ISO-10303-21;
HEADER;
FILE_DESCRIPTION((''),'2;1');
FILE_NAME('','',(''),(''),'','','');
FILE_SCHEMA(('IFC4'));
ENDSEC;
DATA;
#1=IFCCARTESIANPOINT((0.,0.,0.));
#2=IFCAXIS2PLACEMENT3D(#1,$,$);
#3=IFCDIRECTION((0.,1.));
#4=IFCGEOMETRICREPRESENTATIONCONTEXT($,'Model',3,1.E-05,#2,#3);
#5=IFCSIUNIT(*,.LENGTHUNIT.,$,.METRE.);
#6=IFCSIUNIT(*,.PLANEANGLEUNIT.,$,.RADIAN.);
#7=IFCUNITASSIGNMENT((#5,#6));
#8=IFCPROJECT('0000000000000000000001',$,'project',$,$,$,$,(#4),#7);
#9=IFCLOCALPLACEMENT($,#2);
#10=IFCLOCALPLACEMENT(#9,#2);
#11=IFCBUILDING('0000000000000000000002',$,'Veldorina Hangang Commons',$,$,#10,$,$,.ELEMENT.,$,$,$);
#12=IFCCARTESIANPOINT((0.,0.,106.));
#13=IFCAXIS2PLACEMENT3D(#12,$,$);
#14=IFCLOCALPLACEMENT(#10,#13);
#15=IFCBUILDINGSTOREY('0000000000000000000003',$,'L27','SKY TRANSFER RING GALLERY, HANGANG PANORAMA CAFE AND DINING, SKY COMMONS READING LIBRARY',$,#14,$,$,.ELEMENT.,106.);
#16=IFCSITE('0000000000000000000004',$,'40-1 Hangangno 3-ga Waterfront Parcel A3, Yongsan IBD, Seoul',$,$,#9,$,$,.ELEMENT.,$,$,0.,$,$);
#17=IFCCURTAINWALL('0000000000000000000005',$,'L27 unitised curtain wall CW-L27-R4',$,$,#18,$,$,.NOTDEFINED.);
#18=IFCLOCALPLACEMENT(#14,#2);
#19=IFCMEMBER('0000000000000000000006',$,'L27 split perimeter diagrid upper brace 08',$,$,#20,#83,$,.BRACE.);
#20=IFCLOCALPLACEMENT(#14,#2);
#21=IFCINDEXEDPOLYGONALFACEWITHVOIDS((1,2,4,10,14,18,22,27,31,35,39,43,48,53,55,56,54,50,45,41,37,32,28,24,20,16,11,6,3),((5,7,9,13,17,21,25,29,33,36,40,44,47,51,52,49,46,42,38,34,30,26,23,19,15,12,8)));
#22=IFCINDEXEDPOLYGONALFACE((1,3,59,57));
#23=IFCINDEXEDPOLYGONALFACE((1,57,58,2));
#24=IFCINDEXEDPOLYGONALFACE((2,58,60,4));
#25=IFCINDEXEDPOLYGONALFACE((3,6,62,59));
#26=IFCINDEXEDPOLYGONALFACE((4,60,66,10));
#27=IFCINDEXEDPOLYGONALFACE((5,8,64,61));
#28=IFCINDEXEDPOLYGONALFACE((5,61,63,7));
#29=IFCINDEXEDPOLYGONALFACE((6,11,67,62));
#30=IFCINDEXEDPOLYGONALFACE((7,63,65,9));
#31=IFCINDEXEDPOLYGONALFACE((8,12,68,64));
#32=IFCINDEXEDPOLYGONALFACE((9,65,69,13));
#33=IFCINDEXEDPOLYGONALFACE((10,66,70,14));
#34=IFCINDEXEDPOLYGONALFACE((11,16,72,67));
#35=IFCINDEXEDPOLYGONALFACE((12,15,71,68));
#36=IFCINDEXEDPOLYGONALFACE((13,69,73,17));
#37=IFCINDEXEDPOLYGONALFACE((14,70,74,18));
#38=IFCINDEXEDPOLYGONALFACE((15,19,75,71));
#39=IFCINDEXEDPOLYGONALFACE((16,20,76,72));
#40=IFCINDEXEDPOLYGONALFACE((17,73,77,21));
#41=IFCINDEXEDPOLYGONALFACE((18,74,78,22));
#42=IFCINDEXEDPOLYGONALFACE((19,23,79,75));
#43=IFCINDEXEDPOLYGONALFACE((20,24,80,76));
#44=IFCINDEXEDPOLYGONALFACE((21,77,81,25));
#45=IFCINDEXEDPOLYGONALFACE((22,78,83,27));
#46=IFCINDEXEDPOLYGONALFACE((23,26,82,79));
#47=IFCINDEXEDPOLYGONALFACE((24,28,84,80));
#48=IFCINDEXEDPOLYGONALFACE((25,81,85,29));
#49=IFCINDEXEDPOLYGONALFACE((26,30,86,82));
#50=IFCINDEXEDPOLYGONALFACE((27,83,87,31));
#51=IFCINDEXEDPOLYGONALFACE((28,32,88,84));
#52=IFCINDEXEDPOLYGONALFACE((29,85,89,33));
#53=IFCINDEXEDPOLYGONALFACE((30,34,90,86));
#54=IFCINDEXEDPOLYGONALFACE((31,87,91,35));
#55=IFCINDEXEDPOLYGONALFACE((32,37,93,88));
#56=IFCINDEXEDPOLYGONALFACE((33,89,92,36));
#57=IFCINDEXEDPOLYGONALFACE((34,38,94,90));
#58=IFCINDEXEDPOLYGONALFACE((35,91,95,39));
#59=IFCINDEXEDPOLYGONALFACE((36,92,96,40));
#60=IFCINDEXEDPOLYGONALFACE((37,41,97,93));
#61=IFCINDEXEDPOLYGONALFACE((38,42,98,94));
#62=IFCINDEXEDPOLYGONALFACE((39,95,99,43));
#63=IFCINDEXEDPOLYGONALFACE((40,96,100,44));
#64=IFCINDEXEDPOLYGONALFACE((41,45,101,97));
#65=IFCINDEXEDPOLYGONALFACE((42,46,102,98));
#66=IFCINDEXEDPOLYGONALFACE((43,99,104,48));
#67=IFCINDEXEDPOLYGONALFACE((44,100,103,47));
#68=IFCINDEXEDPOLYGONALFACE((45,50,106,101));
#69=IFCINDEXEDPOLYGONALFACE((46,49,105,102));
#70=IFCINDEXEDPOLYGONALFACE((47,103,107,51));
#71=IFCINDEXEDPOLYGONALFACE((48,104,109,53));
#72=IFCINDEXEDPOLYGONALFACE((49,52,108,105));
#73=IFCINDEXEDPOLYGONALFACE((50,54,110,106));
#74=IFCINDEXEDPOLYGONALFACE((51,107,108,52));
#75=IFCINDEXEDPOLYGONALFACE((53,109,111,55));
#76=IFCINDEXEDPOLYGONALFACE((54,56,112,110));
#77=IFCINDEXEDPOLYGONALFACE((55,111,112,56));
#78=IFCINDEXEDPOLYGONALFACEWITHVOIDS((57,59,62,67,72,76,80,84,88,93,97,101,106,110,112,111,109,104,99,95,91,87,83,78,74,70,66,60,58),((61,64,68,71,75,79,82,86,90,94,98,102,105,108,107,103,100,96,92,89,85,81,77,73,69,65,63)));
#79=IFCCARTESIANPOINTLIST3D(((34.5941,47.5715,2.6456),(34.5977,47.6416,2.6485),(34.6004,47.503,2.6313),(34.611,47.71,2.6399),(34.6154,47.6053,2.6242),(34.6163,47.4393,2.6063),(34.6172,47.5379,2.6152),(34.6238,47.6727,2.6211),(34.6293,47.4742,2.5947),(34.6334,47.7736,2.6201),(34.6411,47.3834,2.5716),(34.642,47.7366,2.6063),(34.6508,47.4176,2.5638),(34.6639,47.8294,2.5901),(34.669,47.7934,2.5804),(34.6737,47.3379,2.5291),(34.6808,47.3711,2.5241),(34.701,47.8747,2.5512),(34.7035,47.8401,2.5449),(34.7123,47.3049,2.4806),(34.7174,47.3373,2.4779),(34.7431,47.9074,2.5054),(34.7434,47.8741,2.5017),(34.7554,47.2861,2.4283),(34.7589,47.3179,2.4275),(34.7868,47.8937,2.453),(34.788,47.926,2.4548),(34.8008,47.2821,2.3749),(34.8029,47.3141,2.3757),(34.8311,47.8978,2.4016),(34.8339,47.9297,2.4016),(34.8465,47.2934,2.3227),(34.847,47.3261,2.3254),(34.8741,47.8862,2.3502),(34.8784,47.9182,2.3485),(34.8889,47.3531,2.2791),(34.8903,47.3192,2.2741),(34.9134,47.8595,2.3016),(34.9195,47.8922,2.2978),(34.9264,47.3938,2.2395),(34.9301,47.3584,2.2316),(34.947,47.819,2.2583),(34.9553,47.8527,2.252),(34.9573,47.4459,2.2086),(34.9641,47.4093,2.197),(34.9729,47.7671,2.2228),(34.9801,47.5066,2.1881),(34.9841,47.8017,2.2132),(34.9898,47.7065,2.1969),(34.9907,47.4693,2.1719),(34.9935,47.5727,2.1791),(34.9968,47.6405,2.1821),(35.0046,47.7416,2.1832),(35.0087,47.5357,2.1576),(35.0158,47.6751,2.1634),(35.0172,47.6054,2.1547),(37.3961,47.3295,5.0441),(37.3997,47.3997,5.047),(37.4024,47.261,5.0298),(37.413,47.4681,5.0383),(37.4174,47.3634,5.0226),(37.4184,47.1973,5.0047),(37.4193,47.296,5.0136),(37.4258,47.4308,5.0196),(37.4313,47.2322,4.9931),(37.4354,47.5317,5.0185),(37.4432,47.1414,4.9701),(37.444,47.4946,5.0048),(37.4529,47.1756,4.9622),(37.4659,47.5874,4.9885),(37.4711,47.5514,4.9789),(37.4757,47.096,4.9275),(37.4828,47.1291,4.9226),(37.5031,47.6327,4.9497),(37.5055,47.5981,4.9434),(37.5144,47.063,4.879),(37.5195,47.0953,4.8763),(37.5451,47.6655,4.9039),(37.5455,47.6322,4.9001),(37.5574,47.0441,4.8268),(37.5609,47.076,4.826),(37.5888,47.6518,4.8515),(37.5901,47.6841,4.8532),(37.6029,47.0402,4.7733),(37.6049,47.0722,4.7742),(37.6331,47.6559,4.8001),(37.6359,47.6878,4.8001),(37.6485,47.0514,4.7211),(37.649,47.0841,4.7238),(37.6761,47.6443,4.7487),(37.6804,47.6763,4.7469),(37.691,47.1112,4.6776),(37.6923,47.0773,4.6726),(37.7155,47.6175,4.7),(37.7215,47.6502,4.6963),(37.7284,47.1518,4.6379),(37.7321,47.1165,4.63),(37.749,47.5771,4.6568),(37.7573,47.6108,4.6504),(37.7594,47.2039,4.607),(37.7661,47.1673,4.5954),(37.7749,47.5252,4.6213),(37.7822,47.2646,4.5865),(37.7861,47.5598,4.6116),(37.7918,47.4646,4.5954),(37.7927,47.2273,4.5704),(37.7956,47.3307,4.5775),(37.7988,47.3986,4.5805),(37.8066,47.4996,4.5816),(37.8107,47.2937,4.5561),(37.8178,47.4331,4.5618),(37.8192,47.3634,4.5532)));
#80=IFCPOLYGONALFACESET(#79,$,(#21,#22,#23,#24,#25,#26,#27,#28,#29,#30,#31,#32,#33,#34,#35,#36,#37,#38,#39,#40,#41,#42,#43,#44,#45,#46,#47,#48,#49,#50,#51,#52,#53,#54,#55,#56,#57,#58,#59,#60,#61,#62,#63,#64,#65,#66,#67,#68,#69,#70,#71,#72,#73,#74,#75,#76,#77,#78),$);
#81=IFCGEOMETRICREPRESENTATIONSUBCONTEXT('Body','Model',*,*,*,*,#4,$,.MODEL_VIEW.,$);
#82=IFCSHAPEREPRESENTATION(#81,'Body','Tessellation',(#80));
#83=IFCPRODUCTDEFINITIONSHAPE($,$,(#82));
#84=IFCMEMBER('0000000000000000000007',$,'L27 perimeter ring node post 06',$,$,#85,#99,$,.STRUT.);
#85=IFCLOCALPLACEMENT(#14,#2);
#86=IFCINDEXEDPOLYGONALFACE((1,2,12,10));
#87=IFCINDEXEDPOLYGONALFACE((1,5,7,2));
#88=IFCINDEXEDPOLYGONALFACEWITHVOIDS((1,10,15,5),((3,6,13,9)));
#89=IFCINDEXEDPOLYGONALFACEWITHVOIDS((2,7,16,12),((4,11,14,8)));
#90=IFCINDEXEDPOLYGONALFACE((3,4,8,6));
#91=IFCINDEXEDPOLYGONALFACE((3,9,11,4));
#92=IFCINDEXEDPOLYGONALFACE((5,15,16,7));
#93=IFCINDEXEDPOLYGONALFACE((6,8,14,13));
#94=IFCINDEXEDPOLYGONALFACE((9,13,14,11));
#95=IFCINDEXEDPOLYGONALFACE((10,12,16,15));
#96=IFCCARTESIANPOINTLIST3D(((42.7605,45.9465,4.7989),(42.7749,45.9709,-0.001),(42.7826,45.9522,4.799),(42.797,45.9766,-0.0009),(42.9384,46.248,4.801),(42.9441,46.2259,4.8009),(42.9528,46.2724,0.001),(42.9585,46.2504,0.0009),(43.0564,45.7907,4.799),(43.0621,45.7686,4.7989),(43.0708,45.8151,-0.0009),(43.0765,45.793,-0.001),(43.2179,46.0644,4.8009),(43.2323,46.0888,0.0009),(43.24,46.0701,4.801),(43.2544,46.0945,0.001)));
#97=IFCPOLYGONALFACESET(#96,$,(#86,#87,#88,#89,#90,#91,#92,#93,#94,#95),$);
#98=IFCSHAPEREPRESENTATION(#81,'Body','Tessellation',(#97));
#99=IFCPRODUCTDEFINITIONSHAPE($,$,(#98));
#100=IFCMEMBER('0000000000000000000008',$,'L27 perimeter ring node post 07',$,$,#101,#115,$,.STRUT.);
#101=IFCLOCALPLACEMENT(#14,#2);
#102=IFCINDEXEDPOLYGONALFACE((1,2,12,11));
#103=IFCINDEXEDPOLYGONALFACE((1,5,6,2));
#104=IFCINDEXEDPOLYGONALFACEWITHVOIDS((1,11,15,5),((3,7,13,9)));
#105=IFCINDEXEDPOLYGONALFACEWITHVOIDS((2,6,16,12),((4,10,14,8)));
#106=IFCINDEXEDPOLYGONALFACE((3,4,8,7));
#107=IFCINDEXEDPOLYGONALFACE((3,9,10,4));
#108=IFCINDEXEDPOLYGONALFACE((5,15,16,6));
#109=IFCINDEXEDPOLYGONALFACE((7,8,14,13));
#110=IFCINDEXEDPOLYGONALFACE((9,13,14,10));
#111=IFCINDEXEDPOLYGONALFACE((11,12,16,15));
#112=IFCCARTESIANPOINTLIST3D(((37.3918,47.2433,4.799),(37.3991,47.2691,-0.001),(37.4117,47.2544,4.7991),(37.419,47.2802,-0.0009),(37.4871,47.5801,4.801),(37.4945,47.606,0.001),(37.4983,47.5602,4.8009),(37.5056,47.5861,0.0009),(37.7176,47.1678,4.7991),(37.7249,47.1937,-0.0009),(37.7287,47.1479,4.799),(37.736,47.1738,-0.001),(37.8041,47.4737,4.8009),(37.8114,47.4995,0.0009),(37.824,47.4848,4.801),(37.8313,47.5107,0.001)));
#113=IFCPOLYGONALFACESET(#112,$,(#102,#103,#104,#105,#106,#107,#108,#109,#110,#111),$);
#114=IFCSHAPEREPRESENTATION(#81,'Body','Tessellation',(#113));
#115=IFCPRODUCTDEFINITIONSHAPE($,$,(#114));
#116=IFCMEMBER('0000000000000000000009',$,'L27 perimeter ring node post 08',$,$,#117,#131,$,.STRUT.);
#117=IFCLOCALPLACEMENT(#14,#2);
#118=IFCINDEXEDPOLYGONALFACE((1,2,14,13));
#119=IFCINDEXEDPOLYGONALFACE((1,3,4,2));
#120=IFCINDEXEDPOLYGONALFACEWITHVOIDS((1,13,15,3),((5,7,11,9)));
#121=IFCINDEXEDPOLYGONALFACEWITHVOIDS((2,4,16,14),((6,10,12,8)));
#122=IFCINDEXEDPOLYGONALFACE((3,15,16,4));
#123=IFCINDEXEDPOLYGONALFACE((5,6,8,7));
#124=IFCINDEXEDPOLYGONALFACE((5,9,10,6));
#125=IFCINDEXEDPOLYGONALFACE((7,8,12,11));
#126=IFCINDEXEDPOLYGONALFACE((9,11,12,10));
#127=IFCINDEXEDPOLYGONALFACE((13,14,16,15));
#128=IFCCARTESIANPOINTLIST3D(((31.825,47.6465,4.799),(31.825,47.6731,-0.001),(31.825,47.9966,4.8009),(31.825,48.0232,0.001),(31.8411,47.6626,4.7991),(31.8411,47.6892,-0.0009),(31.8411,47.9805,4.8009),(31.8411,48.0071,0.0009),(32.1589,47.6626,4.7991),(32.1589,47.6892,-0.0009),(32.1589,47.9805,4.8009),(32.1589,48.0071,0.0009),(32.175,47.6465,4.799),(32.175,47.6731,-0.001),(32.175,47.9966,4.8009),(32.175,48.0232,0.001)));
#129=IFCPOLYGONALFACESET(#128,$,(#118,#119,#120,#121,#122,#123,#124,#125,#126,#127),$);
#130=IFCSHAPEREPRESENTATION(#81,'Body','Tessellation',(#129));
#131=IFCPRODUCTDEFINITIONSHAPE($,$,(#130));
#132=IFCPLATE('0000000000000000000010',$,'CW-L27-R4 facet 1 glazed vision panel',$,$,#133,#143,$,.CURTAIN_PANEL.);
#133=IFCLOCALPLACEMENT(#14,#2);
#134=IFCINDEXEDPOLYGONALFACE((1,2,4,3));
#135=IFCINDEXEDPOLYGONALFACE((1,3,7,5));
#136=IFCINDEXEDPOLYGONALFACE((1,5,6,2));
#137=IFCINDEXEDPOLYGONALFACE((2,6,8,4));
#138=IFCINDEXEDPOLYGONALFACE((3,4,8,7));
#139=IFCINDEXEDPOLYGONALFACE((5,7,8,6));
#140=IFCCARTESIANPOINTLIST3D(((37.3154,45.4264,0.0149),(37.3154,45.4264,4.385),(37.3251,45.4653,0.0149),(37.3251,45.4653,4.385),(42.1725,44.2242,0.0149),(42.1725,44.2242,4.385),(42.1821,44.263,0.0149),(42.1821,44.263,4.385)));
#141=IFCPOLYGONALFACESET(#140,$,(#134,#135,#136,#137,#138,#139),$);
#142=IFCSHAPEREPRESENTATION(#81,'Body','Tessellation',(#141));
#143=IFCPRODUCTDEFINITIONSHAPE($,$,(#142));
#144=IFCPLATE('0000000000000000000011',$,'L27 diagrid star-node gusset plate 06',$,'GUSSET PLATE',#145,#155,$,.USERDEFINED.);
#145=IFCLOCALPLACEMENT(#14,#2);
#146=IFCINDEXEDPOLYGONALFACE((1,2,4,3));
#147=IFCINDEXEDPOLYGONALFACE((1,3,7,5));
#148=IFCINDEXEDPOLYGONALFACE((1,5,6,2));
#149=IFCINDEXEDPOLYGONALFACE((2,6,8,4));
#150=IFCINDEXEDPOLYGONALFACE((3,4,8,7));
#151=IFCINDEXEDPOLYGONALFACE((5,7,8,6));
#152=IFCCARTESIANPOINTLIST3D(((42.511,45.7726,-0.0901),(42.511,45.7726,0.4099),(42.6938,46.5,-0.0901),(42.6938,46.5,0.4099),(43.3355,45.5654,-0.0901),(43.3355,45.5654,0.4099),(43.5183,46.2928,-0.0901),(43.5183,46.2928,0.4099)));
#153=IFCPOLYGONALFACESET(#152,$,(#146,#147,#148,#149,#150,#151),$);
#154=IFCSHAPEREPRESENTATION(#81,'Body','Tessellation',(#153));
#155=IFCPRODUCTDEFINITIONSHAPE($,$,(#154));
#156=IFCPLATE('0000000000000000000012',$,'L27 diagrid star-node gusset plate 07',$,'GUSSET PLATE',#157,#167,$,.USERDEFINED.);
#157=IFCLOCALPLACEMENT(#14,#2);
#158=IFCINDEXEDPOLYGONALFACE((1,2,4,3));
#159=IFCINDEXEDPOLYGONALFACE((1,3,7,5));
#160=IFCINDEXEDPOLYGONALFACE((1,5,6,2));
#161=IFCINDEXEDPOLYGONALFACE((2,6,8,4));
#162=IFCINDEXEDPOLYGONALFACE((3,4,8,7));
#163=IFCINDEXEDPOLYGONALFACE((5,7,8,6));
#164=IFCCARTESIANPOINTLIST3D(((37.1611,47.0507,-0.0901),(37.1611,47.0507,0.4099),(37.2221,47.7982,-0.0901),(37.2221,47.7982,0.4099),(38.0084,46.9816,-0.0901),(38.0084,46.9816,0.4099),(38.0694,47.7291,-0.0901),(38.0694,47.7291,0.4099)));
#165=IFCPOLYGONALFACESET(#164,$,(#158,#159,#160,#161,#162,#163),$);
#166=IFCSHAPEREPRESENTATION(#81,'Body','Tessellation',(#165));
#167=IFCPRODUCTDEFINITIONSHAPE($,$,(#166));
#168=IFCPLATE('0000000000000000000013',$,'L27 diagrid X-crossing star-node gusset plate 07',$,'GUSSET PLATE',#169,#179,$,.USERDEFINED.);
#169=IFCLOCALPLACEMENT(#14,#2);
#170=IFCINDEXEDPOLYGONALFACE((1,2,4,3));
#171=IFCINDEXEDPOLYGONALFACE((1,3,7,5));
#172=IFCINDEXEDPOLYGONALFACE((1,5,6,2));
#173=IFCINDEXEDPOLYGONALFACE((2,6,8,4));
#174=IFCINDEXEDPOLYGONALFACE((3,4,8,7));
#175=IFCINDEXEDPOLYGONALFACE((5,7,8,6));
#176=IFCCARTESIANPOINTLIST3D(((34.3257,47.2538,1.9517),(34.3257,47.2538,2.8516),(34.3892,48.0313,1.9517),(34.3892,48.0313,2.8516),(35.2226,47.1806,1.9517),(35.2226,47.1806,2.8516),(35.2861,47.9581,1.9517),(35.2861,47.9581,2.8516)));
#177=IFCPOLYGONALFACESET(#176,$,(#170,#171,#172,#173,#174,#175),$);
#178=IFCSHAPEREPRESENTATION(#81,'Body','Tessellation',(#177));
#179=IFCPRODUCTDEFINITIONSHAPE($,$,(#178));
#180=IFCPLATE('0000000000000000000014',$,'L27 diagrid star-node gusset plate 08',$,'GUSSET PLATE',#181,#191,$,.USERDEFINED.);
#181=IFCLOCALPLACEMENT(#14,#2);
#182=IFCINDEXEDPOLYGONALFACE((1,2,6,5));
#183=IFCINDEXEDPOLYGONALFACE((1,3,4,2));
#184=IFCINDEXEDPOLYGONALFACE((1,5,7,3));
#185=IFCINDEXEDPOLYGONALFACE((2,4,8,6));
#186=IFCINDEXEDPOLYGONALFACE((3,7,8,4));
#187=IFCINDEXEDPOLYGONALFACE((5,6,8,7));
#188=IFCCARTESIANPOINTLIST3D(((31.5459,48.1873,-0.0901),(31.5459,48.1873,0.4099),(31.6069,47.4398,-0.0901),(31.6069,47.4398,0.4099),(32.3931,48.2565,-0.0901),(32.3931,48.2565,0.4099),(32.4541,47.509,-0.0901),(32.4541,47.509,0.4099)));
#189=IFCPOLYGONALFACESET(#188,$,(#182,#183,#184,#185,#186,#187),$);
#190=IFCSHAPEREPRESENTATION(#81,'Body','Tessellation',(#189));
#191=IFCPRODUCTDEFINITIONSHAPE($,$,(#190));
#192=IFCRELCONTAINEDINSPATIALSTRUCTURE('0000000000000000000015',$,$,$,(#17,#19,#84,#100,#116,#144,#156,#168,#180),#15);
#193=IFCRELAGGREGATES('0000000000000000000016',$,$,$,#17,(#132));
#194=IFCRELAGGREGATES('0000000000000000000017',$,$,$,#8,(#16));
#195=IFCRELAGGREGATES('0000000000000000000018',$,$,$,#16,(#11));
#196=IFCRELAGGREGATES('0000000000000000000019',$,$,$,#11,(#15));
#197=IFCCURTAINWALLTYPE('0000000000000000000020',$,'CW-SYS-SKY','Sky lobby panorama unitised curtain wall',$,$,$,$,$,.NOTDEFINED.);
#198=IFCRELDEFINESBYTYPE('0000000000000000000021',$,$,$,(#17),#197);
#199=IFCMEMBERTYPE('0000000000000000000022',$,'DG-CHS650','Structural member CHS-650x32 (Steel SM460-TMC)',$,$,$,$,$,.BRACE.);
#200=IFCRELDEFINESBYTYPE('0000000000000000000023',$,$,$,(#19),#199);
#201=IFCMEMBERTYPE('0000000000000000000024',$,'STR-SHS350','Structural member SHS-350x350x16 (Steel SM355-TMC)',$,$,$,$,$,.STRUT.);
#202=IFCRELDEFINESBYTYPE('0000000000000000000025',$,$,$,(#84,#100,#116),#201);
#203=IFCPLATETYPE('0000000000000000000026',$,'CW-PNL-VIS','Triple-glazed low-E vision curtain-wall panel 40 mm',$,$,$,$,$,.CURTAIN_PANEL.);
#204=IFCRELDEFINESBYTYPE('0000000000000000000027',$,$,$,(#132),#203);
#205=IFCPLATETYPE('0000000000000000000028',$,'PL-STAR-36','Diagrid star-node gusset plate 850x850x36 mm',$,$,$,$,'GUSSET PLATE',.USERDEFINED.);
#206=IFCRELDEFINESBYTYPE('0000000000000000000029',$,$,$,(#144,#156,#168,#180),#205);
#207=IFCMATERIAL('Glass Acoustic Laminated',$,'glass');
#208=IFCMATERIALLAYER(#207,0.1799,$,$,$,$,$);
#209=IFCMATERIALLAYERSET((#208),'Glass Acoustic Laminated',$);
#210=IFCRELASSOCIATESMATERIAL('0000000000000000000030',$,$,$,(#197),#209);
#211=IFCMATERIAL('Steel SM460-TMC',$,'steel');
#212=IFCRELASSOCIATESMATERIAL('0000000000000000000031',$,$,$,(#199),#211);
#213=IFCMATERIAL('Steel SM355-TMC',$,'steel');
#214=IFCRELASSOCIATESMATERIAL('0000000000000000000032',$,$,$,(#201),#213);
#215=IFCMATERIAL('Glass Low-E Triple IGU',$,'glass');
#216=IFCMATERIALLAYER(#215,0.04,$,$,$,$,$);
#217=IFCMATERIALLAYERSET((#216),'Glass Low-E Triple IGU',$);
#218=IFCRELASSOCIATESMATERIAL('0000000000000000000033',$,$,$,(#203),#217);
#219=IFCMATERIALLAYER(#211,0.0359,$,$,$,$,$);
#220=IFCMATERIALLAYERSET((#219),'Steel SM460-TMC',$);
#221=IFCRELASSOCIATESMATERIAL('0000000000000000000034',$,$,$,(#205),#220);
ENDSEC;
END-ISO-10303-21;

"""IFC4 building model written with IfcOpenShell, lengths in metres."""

from ifc_helpers import new_model, si_unit, direction, frame, origin, origin_2d, place, context, subcontext, project, spatial, rectangle, hollow_rectangle, hollow_circle, extrude, material, layer, layer_set, material_profile, profile_set, type_object, element, aggregate, save


model = new_model("IFC4")

# Units and contexts
model_context = context("Model", 3, precision=1e-05, world=origin(), true_north=direction((0.0, 1.0)))
body_context = subcontext(model_context, "Body", "Model", "MODEL_VIEW")
ifc_project = project(units=[si_unit("LENGTHUNIT", "METRE"), si_unit("PLANEANGLEUNIT", "RADIAN")], contexts=[model_context])

# Site, building, storey
site_placement = place(None, origin())
site = spatial("IfcSite", under=ifc_project, at=site_placement, Name="40-1 Hangangno 3-ga Waterfront Parcel A3, Yongsan IBD, Seoul", CompositionType="ELEMENT", RefElevation=0.0)
building_placement = place(site_placement, origin())
building = spatial("IfcBuilding", under=site, at=building_placement, Name="Veldorina Hangang Commons", CompositionType="ELEMENT")
storey_placement = place(building_placement, frame((0.0, 0.0, 106.0)))
storey = spatial("IfcBuildingStorey", under=building, at=storey_placement, Name="L27", Description="SKY TRANSFER RING GALLERY, HANGANG PANORAMA CAFE AND DINING, SKY COMMONS READING LIBRARY", CompositionType="ELEMENT", Elevation=106.0)

# Shared definitions
ifc_material_1 = material(Name="Steel SM355-TMC", Category="steel")

# Curtain wall
ifc_material_2 = material(Name="Glass Acoustic Laminated", Category="glass")
ifc_layer_1 = layer(ifc_material_2, 0.1799)
ifc_layer_set_1 = layer_set([ifc_layer_1], Name="Glass Acoustic Laminated")
curtain_wall_type = type_object("IfcCurtainWallType", Name="CW-SYS-SKY", Description="Sky lobby panorama unitised curtain wall", PredefinedType="NOTDEFINED", material=ifc_layer_set_1)
curtain_wall_1_placement = place(storey_placement, origin())
curtain_wall_1 = element("IfcCurtainWall", 1, at=curtain_wall_1_placement, inside=storey, type_object=curtain_wall_type, Name="L27 unitised curtain wall CW-L27-R4", PredefinedType="NOTDEFINED")

# Members
ifc_material_3 = material(Name="Steel SM460-TMC", Category="steel")
ifc_material_profile_1 = material_profile(ifc_material_3, hollow_circle(Radius=0.325, WallThickness=0.032, at=origin_2d()), Name="CHS-650x32")
ifc_profile_set_1 = profile_set([ifc_material_profile_1], Name="Steel SM460-TMC")
member_type_1 = type_object("IfcMemberType", Name="DG-CHS650", Description="Structural member CHS-650x32 (Steel SM460-TMC)", PredefinedType="BRACE", material=ifc_profile_set_1)
member_1_placement = place(storey_placement, frame((34.8059, 47.606, 2.4016), z_axis=(0.758066, -0.065456, 0.648884), x_axis=(0.086027, 0.996293, 0.0)))
element("IfcMember", 2, at=member_1_placement, inside=storey, type_object=member_type_1, Name="L27 split perimeter diagrid upper brace 08", PredefinedType="BRACE", context=body_context, shape_type="SweptSolid", body=[
    extrude(hollow_circle(Radius=0.325, WallThickness=0.032, at=origin_2d()), origin(), (0.0, 0.0, 1.0), 3.6963),
])
ifc_material_profile_2 = material_profile(ifc_material_1, hollow_rectangle(XDim=0.3501, YDim=0.3501, WallThickness=0.0161, at=origin_2d()), Name="SHS-350x350x16")
ifc_profile_set_2 = profile_set([ifc_material_profile_2], Name="Steel SM355-TMC")
member_type_2 = type_object("IfcMemberType", Name="STR-SHS350", Description="Structural member SHS-350x350x16 (Steel SM355-TMC)", PredefinedType="STRUT", material=ifc_profile_set_2)
for number, where, z_axis, x_axis, name in (
    (3, (43.0146, 46.0327, 0.0), (-0.003001, -0.005086, 0.999983), (0.861269, -0.508149, 0.0), "L27 perimeter ring node post 06"),
    (4, (37.6152, 47.3899, 0.0), (-0.001526, -0.005391, 0.999984), (0.962206, -0.272322, 0.0), "L27 perimeter ring node post 07"),
    (5, (32.0, 47.8481, 0.0), (0.0, -0.005544, 0.999985), (1.0, 0.0, 0.0), "L27 perimeter ring node post 08"),
):
    element("IfcMember", number, at=place(storey_placement, frame(where, z_axis=z_axis, x_axis=x_axis)), inside=storey, type_object=member_type_2, Name=name, PredefinedType="STRUT", context=body_context, shape_type="SweptSolid", body=[
        extrude(hollow_rectangle(XDim=0.3501, YDim=0.3501, WallThickness=0.0161, at=origin_2d()), origin(), (0.0, 0.0, 1.0), 4.8),
    ])

# Plate
ifc_material_4 = material(Name="Glass Low-E Triple IGU", Category="glass")
ifc_layer_2 = layer(ifc_material_4, 0.04)
ifc_layer_set_2 = layer_set([ifc_layer_2], Name="Glass Low-E Triple IGU")
plate_type_1 = type_object("IfcPlateType", Name="CW-PNL-VIS", Description="Triple-glazed low-E vision curtain-wall panel 40 mm", PredefinedType="CURTAIN_PANEL", material=ifc_layer_set_2)
plate_1_placement = place(storey_placement, frame((39.7488, 44.8447, 0.0149), z_axis=(0.0, 0.0, 1.0), x_axis=(-0.970704, 0.240279, 0.0)))
plate_1 = element("IfcPlate", 6, at=plate_1_placement, type_object=plate_type_1, Name="CW-L27-R4 facet 1 glazed vision panel", PredefinedType="CURTAIN_PANEL", context=body_context, shape_type="SweptSolid", body=[
    extrude(rectangle(XDim=5.0037, YDim=0.04, at=origin_2d()), origin(), (0.0, 0.0, 1.0), 4.3701),
])
aggregate(curtain_wall_1, [plate_1])

# Plates
ifc_layer_3 = layer(ifc_material_3, 0.0359)
ifc_layer_set_3 = layer_set([ifc_layer_3], Name="Steel SM460-TMC")
plate_type_2 = type_object("IfcPlateType", Name="PL-STAR-36", Description="Diagrid star-node gusset plate 850x850x36 mm", ElementType="GUSSET PLATE", PredefinedType="USERDEFINED", material=ifc_layer_set_3)
for number, where, z_axis, x_axis, name in (
    (7, (43.0146, 46.0327, -0.0901), (0.0, 0.0, 1.0), (-0.969834, 0.243767, 0.0), "L27 diagrid star-node gusset plate 06"),
    (8, (37.6152, 47.3899, -0.0901), (0.0, 0.0, 1.0), (-0.996687, 0.08133, 0.0), "L27 diagrid star-node gusset plate 07"),
):
    element("IfcPlate", number, at=place(storey_placement, frame(where, z_axis=z_axis, x_axis=x_axis)), inside=storey, type_object=plate_type_2, Name=name, ObjectType="GUSSET PLATE", PredefinedType="USERDEFINED", context=body_context, shape_type="SweptSolid", body=[
        extrude(rectangle(XDim=0.8501, YDim=0.75, at=origin_2d()), origin(), (0.0, 0.0, 1.0), 0.5),
    ])
plate_2_placement = place(storey_placement, frame((34.8059, 47.606, 1.9517), z_axis=(0.0, 0.0, 1.0), x_axis=(-0.996687, 0.08133, 0.0)))
element("IfcPlate", 9, at=plate_2_placement, inside=storey, type_object=plate_type_2, Name="L27 diagrid X-crossing star-node gusset plate 07", ObjectType="GUSSET PLATE", PredefinedType="USERDEFINED", context=body_context, shape_type="SweptSolid", body=[
    extrude(rectangle(XDim=0.8999, YDim=0.78, at=origin_2d()), origin(), (0.0, 0.0, 1.0), 0.8999),
])
plate_3_placement = place(storey_placement, frame((32.0, 47.8481, -0.0901), z_axis=(0.0, 0.0, 1.0), x_axis=(-0.996687, -0.08133, 0.0)))
element("IfcPlate", 10, at=plate_3_placement, inside=storey, type_object=plate_type_2, Name="L27 diagrid star-node gusset plate 08", ObjectType="GUSSET PLATE", PredefinedType="USERDEFINED", context=body_context, shape_type="SweptSolid", body=[
    extrude(rectangle(XDim=0.8501, YDim=0.75, at=origin_2d()), origin(), (0.0, 0.0, 1.0), 0.5),
])

save(model, "model.ifc")
